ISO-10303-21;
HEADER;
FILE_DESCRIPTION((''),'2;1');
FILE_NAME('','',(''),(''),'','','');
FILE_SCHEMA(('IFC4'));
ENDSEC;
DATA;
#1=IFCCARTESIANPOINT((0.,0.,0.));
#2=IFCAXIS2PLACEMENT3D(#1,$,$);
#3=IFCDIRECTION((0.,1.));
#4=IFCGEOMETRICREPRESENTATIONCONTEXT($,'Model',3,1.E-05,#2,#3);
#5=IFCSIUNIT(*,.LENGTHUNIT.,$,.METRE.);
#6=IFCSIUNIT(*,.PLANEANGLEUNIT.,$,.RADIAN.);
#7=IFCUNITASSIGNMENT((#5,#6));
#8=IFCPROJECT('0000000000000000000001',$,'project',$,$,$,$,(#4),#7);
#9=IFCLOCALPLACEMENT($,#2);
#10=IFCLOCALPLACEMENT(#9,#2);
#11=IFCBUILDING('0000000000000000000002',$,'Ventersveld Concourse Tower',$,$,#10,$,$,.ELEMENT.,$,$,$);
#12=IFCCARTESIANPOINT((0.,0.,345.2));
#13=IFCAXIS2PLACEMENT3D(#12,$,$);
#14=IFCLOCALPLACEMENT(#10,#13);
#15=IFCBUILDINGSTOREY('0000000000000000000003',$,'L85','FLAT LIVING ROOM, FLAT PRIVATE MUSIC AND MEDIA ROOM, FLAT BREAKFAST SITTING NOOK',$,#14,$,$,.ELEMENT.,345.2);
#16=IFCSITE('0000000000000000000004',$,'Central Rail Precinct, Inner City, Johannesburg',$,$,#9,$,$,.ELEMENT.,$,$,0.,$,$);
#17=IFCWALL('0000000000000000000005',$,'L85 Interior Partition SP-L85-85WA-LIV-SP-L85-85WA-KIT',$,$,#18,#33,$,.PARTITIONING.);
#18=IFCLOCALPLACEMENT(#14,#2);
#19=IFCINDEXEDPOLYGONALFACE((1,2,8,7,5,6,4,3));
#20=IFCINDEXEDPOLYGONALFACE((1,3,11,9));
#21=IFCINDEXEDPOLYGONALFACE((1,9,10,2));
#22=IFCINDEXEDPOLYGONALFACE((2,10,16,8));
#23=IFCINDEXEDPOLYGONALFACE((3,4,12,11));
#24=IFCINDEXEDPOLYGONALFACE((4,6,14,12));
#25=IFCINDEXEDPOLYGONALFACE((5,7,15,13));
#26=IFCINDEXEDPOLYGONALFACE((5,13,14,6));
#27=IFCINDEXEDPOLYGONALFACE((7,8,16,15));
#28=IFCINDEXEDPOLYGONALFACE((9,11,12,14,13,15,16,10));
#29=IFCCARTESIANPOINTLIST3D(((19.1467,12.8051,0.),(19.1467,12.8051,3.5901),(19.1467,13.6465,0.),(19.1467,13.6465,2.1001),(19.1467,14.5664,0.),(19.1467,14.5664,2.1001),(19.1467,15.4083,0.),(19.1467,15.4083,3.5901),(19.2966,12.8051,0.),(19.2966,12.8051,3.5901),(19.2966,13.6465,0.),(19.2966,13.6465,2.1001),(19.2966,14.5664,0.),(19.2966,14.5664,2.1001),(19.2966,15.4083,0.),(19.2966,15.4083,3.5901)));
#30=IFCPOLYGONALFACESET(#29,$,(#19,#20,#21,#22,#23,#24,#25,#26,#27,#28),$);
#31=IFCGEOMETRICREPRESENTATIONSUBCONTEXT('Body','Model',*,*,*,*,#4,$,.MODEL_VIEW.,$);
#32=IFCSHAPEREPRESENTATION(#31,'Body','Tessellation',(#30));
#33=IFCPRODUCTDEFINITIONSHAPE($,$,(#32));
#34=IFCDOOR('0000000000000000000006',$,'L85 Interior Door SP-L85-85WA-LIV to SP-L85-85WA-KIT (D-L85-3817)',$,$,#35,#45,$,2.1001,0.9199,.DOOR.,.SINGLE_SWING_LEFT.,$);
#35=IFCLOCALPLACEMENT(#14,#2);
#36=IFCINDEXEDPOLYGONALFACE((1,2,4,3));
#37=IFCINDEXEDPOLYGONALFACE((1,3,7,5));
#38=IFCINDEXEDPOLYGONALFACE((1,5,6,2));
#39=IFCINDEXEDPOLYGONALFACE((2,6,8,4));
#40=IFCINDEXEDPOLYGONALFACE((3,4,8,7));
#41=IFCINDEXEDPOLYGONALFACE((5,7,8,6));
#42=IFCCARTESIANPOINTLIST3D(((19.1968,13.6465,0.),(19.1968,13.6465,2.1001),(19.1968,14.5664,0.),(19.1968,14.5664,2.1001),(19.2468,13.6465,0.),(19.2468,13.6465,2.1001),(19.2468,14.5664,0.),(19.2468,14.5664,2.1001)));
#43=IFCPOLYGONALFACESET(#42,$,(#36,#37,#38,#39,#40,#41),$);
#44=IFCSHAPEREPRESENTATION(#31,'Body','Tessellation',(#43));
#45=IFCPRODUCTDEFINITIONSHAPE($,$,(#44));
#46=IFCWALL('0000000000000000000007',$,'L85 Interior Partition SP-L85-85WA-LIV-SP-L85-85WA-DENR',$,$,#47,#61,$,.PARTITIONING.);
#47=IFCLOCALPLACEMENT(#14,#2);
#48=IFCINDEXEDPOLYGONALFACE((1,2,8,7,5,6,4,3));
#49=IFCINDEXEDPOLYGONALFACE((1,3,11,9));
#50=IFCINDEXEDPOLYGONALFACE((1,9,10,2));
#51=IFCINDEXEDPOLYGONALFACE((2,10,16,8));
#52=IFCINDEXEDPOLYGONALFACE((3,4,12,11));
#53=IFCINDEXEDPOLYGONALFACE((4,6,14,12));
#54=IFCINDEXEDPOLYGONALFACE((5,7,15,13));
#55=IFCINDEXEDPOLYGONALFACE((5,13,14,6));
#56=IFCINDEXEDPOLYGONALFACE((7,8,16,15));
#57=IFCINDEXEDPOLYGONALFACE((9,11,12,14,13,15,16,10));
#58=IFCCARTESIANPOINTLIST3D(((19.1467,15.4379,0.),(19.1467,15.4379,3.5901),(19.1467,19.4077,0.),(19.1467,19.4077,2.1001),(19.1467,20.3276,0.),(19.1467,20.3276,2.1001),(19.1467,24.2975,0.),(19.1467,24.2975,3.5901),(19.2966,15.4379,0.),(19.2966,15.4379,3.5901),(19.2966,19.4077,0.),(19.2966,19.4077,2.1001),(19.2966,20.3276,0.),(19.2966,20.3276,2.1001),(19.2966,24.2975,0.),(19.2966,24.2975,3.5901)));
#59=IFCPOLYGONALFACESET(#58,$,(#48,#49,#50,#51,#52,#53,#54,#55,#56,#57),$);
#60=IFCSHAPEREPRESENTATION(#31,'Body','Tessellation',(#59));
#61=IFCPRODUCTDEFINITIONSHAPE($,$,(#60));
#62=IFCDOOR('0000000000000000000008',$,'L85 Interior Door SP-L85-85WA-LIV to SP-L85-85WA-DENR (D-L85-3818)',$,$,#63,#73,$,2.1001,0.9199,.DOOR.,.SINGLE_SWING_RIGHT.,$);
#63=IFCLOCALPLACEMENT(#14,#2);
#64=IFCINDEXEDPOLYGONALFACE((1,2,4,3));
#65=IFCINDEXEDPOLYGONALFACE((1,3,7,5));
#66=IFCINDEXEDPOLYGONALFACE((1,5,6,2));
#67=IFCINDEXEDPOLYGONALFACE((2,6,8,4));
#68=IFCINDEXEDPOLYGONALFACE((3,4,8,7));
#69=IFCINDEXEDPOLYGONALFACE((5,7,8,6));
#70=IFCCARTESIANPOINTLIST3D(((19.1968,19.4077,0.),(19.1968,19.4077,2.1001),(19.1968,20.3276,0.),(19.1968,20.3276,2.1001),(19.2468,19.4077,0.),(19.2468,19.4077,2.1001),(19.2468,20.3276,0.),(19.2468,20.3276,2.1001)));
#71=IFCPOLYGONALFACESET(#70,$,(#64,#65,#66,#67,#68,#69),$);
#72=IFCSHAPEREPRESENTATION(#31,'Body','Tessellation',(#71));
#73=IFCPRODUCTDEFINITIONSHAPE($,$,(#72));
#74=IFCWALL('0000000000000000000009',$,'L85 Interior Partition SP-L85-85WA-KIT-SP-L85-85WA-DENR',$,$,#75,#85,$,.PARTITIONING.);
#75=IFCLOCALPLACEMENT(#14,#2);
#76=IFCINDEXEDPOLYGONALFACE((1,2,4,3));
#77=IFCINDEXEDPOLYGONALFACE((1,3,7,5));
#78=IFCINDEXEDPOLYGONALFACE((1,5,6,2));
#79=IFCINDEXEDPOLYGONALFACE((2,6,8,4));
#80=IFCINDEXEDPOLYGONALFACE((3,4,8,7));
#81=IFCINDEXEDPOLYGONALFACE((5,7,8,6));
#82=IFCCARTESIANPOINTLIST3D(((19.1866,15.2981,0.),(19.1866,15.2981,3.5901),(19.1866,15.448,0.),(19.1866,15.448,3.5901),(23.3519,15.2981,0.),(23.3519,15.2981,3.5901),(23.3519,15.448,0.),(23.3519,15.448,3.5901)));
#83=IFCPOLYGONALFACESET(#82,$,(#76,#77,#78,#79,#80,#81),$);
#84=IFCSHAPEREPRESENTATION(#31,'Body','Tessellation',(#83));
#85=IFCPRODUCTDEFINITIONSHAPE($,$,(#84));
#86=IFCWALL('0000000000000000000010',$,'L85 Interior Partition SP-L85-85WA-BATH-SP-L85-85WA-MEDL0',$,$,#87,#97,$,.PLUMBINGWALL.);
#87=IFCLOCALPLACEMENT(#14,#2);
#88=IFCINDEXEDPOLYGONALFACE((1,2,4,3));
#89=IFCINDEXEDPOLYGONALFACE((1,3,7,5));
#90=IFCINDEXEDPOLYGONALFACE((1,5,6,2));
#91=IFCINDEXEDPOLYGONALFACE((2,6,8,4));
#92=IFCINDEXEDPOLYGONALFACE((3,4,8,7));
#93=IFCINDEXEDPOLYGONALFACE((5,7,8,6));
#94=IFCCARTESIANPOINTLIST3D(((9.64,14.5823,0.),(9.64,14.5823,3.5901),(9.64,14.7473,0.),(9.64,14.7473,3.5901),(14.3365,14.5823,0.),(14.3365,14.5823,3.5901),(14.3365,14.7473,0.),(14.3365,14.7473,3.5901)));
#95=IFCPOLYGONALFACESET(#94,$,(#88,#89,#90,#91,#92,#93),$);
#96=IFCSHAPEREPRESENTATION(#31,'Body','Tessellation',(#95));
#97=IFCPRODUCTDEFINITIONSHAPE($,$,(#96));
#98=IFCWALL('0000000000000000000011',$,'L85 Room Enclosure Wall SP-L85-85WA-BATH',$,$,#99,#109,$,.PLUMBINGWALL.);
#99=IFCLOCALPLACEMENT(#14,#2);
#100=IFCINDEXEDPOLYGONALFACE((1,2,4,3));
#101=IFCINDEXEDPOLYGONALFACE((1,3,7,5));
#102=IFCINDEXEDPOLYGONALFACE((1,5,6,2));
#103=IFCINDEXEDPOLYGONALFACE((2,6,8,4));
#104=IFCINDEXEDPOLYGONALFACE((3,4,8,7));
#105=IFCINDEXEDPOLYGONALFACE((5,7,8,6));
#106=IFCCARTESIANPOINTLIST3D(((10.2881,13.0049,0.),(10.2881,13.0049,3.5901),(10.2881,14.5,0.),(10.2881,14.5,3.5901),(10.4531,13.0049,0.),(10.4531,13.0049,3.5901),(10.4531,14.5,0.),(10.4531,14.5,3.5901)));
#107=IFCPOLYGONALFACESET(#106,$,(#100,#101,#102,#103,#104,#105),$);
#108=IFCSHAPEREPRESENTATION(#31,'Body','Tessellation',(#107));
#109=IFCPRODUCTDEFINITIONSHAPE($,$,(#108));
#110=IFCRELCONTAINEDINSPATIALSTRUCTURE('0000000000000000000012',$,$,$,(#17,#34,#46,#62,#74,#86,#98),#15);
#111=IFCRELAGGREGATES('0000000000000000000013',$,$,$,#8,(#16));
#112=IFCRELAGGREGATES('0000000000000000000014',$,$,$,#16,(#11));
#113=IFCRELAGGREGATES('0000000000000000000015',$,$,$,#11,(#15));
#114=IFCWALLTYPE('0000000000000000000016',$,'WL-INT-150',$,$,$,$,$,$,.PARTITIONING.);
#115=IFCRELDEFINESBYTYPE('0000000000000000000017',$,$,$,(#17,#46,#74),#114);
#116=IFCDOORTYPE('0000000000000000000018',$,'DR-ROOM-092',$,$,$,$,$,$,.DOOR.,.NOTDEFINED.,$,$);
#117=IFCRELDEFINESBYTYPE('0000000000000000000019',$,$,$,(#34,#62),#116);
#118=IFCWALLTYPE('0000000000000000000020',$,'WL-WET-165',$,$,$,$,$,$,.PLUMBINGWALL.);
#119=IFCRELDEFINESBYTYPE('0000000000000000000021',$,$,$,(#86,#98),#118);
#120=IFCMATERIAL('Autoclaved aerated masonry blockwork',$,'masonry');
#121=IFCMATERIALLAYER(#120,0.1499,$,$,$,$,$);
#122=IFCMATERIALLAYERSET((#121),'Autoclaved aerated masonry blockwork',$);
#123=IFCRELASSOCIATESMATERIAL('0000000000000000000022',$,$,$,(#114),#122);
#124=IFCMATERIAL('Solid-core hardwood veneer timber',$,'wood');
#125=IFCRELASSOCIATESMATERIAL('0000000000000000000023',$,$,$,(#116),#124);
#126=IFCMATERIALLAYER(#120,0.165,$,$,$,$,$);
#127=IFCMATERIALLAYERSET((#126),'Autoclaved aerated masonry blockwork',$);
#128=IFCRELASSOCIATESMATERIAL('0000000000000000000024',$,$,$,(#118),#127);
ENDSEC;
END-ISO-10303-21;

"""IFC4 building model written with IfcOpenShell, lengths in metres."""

from ifc_helpers import new_model, si_unit, direction, frame, frame_2d, origin, place, context, subcontext, project, spatial, rectangle, extrude, material, layer, layer_set, type_object, element, fill, save


model = new_model("IFC4")

# Units and contexts
model_context = context("Model", 3, precision=1e-05, world=origin(), true_north=direction((0.0, 1.0)))
body_context = subcontext(model_context, "Body", "Model", "MODEL_VIEW")
ifc_project = project(units=[si_unit("LENGTHUNIT", "METRE"), si_unit("PLANEANGLEUNIT", "RADIAN")], contexts=[model_context])

# Site, building, storey
site_placement = place(None, origin())
site = spatial("IfcSite", under=ifc_project, at=site_placement, Name="Central Rail Precinct, Inner City, Johannesburg", CompositionType="ELEMENT", RefElevation=0.0)
building_placement = place(site_placement, origin())
building = spatial("IfcBuilding", under=site, at=building_placement, Name="Ventersveld Concourse Tower", CompositionType="ELEMENT")
storey_placement = place(building_placement, frame((0.0, 0.0, 345.2)))
storey = spatial("IfcBuildingStorey", under=building, at=storey_placement, Name="L85", Description="FLAT LIVING ROOM, FLAT PRIVATE MUSIC AND MEDIA ROOM, FLAT BREAKFAST SITTING NOOK", CompositionType="ELEMENT", Elevation=345.2)

# Shared definitions
ifc_material_1 = material(Name="Solid-core hardwood veneer timber", Category="wood")

# Walls, openings, doors
ifc_material_2 = material(Name="Autoclaved aerated masonry blockwork", Category="masonry")
ifc_layer_1 = layer(ifc_material_2, 0.1499)
ifc_layer_set_1 = layer_set([ifc_layer_1], Name="Autoclaved aerated masonry blockwork")
wall_type_1 = type_object("IfcWallType", Name="WL-INT-150", PredefinedType="PARTITIONING", material=ifc_layer_set_1)
door_type_1 = type_object("IfcDoorType", Name="DR-ROOM-092", OperationType="NOTDEFINED", PredefinedType="DOOR", material=ifc_material_1)
wall_1_placement = place(storey_placement, frame((19.2217, 12.8049, 0.0), z_axis=(0.0, 0.0, 1.0), x_axis=(0.0, 1.0, 0.0)))
wall_1 = element("IfcWall", 1, at=wall_1_placement, inside=storey, type_object=wall_type_1, Name="L85 Interior Partition SP-L85-85WA-LIV-SP-L85-85WA-KIT", PredefinedType="PARTITIONING", context=body_context, shape_type="SweptSolid", body=[
    extrude(rectangle(XDim=2.6033, YDim=0.1499, at=frame_2d((1.3018, 0.0))), origin(), (0.0, 0.0, 1.0), 3.5901),
])
opening_1_placement = place(wall_1_placement, frame((0.8416, 0.0, 0.0)))
opening_1 = element("IfcOpeningElement", 2, at=opening_1_placement, cuts=wall_1, PredefinedType="OPENING", context=body_context, shape_type="SweptSolid", body=[
    extrude(rectangle(XDim=0.9199, YDim=2.1001, at=frame_2d((0.46, 1.05))), frame((0.0, 0.085, 0.0), z_axis=(0.0, -1.0, 0.0), x_axis=(1.0, 0.0, 0.0)), (0.0, 0.0, 1.0), 0.1699),
])
door_1_placement = place(opening_1_placement, origin())
door_1 = element("IfcDoor", 3, at=door_1_placement, inside=storey, type_object=door_type_1, Name="L85 Interior Door SP-L85-85WA-LIV to SP-L85-85WA-KIT (D-L85-3817)", OperationType="SINGLE_SWING_LEFT", OverallHeight=2.1001, OverallWidth=0.9199, PredefinedType="DOOR", context=body_context, shape_type="SweptSolid", body=[
    extrude(rectangle(XDim=0.9199, YDim=2.1001, at=frame_2d((0.46, 1.05))), frame((0.0, 0.0249, 0.0), z_axis=(0.0, -1.0, 0.0), x_axis=(1.0, 0.0, 0.0)), (0.0, 0.0, 1.0), 0.05),
])
fill(opening_1, door_1)
wall_2_placement = place(storey_placement, frame((19.2217, 15.438, 0.0), z_axis=(0.0, 0.0, 1.0), x_axis=(0.0, 1.0, 0.0)))
wall_2 = element("IfcWall", 4, at=wall_2_placement, inside=storey, type_object=wall_type_1, Name="L85 Interior Partition SP-L85-85WA-LIV-SP-L85-85WA-DENR", PredefinedType="PARTITIONING", context=body_context, shape_type="SweptSolid", body=[
    extrude(rectangle(XDim=8.8596, YDim=0.1499, at=frame_2d((4.4297, 0.0))), origin(), (0.0, 0.0, 1.0), 3.5901),
])
opening_2_placement = place(wall_2_placement, frame((3.9697, 0.0, 0.0)))
opening_2 = element("IfcOpeningElement", 5, at=opening_2_placement, cuts=wall_2, PredefinedType="OPENING", context=body_context, shape_type="SweptSolid", body=[
    extrude(rectangle(XDim=0.9199, YDim=2.1001, at=frame_2d((0.46, 1.05))), frame((0.0, 0.085, 0.0), z_axis=(0.0, -1.0, 0.0), x_axis=(1.0, 0.0, 0.0)), (0.0, 0.0, 1.0), 0.1699),
])
door_2_placement = place(opening_2_placement, origin())
door_2 = element("IfcDoor", 6, at=door_2_placement, inside=storey, type_object=door_type_1, Name="L85 Interior Door SP-L85-85WA-LIV to SP-L85-85WA-DENR (D-L85-3818)", OperationType="SINGLE_SWING_RIGHT", OverallHeight=2.1001, OverallWidth=0.9199, PredefinedType="DOOR", context=body_context, shape_type="SweptSolid", body=[
    extrude(rectangle(XDim=0.9199, YDim=2.1001, at=frame_2d((0.46, 1.05))), frame((0.0, 0.0249, 0.0), z_axis=(0.0, -1.0, 0.0), x_axis=(1.0, 0.0, 0.0)), (0.0, 0.0, 1.0), 0.05),
])
fill(opening_2, door_2)

# Walls
wall_3_placement = place(storey_placement, frame((19.1868, 15.373, 0.0), z_axis=(0.0, 0.0, 1.0), x_axis=(1.0, 0.0, 0.0)))
element("IfcWall", 7, at=wall_3_placement, inside=storey, type_object=wall_type_1, Name="L85 Interior Partition SP-L85-85WA-KIT-SP-L85-85WA-DENR", PredefinedType="PARTITIONING", context=body_context, shape_type="SweptSolid", body=[
    extrude(rectangle(XDim=4.1653, YDim=0.1499, at=frame_2d((2.0825, 0.0))), origin(), (0.0, 0.0, 1.0), 3.5901),
])
ifc_layer_2 = layer(ifc_material_2, 0.165)
ifc_layer_set_2 = layer_set([ifc_layer_2], Name="Autoclaved aerated masonry blockwork")
wall_type_2 = type_object("IfcWallType", Name="WL-WET-165", PredefinedType="PLUMBINGWALL", material=ifc_layer_set_2)
wall_4_placement = place(storey_placement, frame((9.6401, 14.6648, 0.0), z_axis=(0.0, 0.0, 1.0), x_axis=(1.0, 0.0, 0.0)))
element("IfcWall", 8, at=wall_4_placement, inside=storey, type_object=wall_type_2, Name="L85 Interior Partition SP-L85-85WA-BATH-SP-L85-85WA-MEDL0", PredefinedType="PLUMBINGWALL", context=body_context, shape_type="SweptSolid", body=[
    extrude(rectangle(XDim=4.6965, YDim=0.165, at=frame_2d((2.3481, 0.0))), origin(), (0.0, 0.0, 1.0), 3.5901),
])
wall_5_placement = place(storey_placement, frame((10.3706, 13.0049, 0.0), z_axis=(0.0, 0.0, 1.0), x_axis=(0.0, 1.0, 0.0)))
element("IfcWall", 9, at=wall_5_placement, inside=storey, type_object=wall_type_2, Name="L85 Room Enclosure Wall SP-L85-85WA-BATH", PredefinedType="PLUMBINGWALL", context=body_context, shape_type="SweptSolid", body=[
    extrude(rectangle(XDim=1.4951, YDim=0.165, at=frame_2d((0.7476, 0.0))), origin(), (0.0, 0.0, 1.0), 3.5901),
])

save(model, "model.ifc")
